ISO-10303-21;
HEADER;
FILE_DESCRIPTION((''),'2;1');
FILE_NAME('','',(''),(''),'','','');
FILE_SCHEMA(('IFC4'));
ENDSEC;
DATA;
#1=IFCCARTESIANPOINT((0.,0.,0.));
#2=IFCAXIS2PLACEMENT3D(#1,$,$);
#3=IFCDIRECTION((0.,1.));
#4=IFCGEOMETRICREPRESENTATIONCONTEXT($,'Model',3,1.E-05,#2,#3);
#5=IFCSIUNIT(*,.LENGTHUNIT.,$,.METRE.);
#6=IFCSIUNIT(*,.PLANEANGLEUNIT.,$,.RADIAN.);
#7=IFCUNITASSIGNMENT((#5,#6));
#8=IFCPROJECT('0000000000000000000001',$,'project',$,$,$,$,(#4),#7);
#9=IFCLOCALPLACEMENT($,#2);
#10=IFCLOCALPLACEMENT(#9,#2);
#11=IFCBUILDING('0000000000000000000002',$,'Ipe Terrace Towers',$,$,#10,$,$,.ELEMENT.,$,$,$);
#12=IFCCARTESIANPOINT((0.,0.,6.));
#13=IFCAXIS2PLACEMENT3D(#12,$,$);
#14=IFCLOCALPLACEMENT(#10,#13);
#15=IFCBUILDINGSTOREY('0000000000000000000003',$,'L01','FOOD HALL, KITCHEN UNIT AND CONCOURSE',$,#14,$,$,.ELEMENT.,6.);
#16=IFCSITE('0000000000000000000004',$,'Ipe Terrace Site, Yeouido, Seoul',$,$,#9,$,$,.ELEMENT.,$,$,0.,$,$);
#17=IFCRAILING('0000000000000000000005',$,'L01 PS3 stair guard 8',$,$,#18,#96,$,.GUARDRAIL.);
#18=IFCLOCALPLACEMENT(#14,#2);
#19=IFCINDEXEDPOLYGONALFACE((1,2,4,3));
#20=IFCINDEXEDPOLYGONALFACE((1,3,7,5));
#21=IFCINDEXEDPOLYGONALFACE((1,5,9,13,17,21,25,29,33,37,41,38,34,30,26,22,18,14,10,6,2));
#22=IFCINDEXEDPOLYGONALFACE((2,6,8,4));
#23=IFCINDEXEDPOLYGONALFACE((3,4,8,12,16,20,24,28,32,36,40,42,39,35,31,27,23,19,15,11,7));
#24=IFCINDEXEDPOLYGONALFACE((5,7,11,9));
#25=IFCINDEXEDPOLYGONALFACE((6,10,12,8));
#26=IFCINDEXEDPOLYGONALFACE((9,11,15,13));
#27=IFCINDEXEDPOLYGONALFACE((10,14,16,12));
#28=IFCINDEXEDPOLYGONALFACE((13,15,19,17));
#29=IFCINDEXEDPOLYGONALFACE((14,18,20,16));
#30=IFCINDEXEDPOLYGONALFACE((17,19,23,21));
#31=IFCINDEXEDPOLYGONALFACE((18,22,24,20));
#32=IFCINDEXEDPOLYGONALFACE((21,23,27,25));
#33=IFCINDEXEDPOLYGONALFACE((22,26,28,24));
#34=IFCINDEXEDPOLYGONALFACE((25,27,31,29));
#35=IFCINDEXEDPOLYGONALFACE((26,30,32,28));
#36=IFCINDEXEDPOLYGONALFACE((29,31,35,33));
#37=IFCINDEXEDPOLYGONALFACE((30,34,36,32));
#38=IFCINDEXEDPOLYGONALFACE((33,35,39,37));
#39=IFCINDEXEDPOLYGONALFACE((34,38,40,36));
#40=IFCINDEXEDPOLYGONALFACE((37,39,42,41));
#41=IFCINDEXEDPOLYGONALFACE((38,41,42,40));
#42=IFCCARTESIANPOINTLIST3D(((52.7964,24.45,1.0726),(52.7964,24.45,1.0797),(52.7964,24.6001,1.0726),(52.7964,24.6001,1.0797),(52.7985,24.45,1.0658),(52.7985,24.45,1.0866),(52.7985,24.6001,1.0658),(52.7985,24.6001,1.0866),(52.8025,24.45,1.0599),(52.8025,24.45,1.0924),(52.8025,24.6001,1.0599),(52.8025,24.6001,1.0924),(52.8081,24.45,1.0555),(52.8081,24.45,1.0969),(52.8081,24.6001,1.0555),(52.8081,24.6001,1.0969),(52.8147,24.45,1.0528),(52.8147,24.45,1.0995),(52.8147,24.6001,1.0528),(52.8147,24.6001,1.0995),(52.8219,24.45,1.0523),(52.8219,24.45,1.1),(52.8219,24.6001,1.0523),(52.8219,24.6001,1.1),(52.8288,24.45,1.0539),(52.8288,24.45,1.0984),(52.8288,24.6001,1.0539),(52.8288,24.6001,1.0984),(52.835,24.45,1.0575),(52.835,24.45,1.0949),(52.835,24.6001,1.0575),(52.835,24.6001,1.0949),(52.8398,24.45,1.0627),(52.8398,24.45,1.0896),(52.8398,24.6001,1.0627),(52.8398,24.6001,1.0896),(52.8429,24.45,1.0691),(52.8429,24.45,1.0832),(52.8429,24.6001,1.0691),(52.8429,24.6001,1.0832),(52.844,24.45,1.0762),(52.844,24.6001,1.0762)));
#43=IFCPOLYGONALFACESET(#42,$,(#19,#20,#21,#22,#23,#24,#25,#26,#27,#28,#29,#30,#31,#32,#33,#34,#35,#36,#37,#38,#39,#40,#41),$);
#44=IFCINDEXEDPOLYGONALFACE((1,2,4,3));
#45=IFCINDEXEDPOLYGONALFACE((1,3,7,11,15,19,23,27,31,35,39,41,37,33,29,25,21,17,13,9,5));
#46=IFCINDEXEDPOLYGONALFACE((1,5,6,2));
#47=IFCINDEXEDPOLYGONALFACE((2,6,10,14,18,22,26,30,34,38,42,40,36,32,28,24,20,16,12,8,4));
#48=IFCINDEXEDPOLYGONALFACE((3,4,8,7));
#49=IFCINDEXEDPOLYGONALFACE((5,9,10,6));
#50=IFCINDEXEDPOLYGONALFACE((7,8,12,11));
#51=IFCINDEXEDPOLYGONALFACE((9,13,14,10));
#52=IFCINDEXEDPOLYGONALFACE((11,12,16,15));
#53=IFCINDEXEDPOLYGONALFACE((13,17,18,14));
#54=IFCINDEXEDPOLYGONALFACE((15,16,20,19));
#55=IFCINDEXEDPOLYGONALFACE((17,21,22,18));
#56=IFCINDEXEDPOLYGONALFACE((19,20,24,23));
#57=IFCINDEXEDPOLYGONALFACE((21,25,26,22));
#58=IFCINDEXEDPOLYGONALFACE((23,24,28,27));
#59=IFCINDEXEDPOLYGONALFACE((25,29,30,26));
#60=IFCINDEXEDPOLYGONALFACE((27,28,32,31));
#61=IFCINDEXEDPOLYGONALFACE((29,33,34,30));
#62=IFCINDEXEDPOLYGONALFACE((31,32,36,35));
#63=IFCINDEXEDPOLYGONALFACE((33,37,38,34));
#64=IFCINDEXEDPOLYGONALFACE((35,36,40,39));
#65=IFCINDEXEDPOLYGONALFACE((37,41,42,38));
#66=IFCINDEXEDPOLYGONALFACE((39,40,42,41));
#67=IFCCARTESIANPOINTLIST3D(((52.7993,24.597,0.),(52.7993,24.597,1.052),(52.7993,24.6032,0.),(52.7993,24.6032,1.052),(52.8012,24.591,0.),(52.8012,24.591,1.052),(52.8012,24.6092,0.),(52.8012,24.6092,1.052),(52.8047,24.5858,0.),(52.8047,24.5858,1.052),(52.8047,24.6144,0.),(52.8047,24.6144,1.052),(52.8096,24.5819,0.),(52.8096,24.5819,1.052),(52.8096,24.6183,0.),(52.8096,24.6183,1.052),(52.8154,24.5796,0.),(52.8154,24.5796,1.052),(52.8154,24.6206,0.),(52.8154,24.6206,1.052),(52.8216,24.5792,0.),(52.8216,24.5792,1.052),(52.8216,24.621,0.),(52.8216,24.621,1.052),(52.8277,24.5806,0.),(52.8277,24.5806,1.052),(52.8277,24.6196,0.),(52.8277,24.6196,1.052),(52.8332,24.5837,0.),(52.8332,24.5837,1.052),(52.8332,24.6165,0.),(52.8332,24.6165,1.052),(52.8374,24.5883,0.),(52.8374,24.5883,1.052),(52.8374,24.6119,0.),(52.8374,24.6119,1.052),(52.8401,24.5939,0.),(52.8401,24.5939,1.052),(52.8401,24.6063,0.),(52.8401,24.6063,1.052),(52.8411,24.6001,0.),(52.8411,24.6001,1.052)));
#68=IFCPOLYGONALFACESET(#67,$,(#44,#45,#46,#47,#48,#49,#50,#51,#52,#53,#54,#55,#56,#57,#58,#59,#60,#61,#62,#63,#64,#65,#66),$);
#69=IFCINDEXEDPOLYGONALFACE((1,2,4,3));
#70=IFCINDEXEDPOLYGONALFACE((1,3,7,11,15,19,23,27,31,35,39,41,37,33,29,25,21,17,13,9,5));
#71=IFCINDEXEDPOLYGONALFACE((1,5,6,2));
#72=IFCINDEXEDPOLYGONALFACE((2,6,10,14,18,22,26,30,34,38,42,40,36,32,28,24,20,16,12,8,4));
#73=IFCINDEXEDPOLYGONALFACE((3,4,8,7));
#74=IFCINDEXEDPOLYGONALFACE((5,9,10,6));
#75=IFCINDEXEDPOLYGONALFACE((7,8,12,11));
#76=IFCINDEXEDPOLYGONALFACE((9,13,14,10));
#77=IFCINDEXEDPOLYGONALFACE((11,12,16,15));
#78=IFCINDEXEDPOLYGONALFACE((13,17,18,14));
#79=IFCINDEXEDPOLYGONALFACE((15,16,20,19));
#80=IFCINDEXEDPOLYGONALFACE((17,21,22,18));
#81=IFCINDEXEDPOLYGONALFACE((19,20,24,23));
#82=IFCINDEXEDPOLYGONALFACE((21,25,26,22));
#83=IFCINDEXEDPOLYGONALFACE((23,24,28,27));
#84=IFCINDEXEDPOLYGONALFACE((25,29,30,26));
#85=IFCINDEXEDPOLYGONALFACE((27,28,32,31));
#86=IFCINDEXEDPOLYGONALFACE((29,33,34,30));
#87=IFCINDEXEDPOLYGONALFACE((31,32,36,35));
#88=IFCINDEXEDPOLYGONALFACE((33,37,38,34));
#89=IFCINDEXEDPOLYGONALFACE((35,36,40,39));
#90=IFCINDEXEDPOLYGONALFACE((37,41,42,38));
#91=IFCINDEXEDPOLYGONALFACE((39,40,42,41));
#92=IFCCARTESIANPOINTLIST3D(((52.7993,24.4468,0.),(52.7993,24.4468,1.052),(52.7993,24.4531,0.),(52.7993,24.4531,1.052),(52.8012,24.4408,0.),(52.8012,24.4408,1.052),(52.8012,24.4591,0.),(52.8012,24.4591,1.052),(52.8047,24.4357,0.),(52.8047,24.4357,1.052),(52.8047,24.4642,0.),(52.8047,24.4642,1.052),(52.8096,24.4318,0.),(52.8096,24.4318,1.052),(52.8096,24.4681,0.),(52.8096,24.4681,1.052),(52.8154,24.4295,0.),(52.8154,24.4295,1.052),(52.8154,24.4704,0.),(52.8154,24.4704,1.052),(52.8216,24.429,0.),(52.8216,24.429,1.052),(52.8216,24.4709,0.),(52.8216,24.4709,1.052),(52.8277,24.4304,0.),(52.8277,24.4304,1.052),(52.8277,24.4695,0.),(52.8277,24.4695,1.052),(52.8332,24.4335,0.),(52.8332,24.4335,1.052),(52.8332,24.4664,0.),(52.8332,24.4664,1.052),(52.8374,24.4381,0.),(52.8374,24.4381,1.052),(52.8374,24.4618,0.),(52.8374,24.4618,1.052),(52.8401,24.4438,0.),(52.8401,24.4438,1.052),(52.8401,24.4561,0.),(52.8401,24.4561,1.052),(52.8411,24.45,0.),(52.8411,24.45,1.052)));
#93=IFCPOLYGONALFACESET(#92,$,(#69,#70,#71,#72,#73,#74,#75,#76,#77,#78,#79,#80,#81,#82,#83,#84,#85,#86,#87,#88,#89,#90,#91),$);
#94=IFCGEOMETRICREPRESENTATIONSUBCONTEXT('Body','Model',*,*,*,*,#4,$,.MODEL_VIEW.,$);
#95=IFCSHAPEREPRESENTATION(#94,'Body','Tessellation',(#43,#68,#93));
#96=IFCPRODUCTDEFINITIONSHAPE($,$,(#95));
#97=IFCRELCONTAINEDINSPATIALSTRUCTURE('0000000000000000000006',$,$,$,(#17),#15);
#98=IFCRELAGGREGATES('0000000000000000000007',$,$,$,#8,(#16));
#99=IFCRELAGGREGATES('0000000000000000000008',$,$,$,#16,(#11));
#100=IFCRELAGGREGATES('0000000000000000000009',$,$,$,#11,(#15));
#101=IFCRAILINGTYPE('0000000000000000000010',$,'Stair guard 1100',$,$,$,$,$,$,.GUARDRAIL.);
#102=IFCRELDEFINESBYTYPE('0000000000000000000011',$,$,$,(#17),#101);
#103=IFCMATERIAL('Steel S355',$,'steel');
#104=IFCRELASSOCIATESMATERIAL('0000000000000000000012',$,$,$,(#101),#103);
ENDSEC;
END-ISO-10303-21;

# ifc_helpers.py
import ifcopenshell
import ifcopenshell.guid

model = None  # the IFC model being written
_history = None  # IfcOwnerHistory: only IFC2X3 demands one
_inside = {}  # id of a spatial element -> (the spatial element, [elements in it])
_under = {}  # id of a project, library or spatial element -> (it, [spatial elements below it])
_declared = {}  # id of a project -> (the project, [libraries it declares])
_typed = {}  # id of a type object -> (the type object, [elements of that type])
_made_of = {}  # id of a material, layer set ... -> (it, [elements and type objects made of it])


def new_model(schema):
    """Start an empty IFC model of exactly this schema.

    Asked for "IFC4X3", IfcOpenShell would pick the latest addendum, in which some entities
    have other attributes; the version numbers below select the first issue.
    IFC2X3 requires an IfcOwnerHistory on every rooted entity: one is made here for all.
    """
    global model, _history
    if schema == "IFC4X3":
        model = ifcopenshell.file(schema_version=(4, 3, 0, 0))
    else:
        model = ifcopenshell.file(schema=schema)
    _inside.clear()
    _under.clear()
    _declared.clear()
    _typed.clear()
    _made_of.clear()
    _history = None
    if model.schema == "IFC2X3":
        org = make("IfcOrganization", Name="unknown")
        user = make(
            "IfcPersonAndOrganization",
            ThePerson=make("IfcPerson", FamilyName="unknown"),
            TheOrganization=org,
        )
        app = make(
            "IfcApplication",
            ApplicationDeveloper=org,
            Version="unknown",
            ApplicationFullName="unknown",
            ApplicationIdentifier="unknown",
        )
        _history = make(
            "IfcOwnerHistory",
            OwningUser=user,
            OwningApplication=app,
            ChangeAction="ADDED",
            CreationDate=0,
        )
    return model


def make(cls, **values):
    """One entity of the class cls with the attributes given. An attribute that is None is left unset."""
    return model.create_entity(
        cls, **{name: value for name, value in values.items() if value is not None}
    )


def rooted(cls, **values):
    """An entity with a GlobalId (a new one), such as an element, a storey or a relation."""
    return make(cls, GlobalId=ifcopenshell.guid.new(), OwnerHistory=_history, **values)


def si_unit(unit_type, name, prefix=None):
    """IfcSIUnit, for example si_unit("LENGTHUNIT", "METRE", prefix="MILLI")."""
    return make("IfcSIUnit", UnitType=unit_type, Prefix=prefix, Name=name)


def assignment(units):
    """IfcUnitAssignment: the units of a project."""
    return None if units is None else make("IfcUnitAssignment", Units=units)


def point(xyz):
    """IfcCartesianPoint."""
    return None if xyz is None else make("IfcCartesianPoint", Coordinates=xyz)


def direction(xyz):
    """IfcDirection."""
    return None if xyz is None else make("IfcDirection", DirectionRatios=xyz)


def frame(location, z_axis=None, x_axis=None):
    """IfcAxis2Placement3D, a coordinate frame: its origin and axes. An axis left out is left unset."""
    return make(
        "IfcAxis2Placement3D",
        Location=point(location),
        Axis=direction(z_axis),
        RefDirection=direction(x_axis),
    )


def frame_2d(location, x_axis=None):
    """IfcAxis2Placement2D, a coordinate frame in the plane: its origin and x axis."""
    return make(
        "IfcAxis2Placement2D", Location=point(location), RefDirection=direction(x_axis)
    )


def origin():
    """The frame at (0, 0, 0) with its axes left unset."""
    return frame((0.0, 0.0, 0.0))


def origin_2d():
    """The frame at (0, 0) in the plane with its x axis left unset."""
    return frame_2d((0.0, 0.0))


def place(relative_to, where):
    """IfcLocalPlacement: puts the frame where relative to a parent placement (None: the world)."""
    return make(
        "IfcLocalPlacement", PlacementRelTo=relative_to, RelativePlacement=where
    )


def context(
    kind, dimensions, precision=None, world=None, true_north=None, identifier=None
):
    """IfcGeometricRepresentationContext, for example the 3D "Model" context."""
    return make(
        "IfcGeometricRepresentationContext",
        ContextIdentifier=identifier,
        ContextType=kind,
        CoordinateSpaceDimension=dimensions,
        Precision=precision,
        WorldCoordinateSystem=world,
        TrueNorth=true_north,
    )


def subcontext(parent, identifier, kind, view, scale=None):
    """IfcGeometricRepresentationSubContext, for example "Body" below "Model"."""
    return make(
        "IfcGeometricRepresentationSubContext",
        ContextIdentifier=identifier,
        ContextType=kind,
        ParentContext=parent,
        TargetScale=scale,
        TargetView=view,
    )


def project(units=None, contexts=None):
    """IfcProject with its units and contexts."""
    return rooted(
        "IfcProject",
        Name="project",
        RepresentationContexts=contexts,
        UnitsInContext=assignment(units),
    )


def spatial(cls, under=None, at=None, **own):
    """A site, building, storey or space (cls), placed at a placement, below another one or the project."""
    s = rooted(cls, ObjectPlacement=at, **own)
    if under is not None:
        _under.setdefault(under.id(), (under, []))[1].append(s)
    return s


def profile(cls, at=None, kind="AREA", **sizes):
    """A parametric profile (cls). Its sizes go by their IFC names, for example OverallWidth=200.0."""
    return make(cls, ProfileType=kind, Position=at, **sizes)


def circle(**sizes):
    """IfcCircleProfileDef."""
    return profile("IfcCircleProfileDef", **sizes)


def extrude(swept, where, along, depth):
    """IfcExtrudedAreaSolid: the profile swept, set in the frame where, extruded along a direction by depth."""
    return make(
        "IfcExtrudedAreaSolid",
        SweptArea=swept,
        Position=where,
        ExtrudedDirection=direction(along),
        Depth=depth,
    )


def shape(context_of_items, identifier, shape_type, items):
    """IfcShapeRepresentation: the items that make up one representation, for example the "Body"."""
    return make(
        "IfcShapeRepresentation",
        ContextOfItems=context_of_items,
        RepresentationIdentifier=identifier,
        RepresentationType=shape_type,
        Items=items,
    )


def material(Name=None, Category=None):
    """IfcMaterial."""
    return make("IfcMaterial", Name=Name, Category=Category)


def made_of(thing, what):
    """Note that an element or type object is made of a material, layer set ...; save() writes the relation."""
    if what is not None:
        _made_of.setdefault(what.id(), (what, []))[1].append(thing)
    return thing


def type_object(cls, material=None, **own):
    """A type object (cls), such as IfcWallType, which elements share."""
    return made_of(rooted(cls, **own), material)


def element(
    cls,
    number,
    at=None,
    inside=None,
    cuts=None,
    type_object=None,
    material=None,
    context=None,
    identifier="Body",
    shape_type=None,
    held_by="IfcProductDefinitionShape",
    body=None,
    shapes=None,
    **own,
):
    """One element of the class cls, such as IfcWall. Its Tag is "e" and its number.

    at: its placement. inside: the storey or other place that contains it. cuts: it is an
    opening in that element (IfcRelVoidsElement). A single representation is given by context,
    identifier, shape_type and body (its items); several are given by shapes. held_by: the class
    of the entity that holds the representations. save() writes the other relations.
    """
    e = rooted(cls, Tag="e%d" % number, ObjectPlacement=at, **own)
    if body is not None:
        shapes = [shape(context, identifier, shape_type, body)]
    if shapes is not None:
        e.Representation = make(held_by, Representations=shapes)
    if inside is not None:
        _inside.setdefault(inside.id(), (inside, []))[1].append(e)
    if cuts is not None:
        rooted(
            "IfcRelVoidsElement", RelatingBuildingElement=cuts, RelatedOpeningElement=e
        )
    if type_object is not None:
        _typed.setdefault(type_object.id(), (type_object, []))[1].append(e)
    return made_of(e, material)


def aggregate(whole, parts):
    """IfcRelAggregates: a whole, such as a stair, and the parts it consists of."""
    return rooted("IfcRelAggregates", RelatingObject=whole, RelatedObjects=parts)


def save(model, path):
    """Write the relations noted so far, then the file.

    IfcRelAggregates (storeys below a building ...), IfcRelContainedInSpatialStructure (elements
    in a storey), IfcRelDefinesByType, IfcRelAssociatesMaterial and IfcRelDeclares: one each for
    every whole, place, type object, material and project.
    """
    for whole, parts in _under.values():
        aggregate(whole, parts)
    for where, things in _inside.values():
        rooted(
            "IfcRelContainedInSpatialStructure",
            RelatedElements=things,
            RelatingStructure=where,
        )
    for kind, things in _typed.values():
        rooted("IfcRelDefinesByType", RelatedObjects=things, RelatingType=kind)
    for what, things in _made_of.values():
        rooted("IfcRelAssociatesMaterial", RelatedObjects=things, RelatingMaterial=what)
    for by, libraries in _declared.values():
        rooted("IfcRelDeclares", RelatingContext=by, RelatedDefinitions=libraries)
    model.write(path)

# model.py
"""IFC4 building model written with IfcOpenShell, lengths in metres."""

from ifc_helpers import new_model, si_unit, direction, frame, origin, origin_2d, place, context, subcontext, project, spatial, circle, extrude, material, type_object, element, save


model = new_model("IFC4")

# Units and contexts
model_context = context("Model", 3, precision=1e-05, world=origin(), true_north=direction((0.0, 1.0)))
body_context = subcontext(model_context, "Body", "Model", "MODEL_VIEW")
ifc_project = project(units=[si_unit("LENGTHUNIT", "METRE"), si_unit("PLANEANGLEUNIT", "RADIAN")], contexts=[model_context])

# Site, building, storey
site_placement = place(None, origin())
site = spatial("IfcSite", under=ifc_project, at=site_placement, Name="Ipe Terrace Site, Yeouido, Seoul", CompositionType="ELEMENT", RefElevation=0.0)
building_placement = place(site_placement, origin())
building = spatial("IfcBuilding", under=site, at=building_placement, Name="Ipe Terrace Towers", CompositionType="ELEMENT")
storey_placement = place(building_placement, frame((0.0, 0.0, 6.0)))
storey = spatial("IfcBuildingStorey", under=building, at=storey_placement, Name="L01", Description="FOOD HALL, KITCHEN UNIT AND CONCOURSE", CompositionType="ELEMENT", Elevation=6.0)

# Railing
ifc_material_1 = material(Name="Steel S355", Category="steel")
railing_type = type_object("IfcRailingType", Name="Stair guard 1100", PredefinedType="GUARDRAIL", material=ifc_material_1)
for number, where, name in (
    (1, (52.8201, 24.6001, 0.0), "L01 PS3 stair guard 8"),
):
    element("IfcRailing", number, at=place(storey_placement, frame(where)), inside=storey, type_object=railing_type, Name=name, PredefinedType="GUARDRAIL", context=body_context, shape_type="SweptSolid", body=[
        extrude(circle(Radius=0.0239, at=origin_2d()), frame((0.0, 0.0, 1.0762), z_axis=(0.0, -1.0, 0.0), x_axis=(1.0, 0.0, 0.0)), (0.0, 0.0, 1.0), 0.1501),
        extrude(circle(Radius=0.021, at=origin_2d()), origin(), (0.0, 0.0, 1.0), 1.052),
        extrude(circle(Radius=0.021, at=origin_2d()), frame((0.0, -0.1501, 0.0)), (0.0, 0.0, 1.0), 1.052),
    ])

save(model, "model.ifc")
